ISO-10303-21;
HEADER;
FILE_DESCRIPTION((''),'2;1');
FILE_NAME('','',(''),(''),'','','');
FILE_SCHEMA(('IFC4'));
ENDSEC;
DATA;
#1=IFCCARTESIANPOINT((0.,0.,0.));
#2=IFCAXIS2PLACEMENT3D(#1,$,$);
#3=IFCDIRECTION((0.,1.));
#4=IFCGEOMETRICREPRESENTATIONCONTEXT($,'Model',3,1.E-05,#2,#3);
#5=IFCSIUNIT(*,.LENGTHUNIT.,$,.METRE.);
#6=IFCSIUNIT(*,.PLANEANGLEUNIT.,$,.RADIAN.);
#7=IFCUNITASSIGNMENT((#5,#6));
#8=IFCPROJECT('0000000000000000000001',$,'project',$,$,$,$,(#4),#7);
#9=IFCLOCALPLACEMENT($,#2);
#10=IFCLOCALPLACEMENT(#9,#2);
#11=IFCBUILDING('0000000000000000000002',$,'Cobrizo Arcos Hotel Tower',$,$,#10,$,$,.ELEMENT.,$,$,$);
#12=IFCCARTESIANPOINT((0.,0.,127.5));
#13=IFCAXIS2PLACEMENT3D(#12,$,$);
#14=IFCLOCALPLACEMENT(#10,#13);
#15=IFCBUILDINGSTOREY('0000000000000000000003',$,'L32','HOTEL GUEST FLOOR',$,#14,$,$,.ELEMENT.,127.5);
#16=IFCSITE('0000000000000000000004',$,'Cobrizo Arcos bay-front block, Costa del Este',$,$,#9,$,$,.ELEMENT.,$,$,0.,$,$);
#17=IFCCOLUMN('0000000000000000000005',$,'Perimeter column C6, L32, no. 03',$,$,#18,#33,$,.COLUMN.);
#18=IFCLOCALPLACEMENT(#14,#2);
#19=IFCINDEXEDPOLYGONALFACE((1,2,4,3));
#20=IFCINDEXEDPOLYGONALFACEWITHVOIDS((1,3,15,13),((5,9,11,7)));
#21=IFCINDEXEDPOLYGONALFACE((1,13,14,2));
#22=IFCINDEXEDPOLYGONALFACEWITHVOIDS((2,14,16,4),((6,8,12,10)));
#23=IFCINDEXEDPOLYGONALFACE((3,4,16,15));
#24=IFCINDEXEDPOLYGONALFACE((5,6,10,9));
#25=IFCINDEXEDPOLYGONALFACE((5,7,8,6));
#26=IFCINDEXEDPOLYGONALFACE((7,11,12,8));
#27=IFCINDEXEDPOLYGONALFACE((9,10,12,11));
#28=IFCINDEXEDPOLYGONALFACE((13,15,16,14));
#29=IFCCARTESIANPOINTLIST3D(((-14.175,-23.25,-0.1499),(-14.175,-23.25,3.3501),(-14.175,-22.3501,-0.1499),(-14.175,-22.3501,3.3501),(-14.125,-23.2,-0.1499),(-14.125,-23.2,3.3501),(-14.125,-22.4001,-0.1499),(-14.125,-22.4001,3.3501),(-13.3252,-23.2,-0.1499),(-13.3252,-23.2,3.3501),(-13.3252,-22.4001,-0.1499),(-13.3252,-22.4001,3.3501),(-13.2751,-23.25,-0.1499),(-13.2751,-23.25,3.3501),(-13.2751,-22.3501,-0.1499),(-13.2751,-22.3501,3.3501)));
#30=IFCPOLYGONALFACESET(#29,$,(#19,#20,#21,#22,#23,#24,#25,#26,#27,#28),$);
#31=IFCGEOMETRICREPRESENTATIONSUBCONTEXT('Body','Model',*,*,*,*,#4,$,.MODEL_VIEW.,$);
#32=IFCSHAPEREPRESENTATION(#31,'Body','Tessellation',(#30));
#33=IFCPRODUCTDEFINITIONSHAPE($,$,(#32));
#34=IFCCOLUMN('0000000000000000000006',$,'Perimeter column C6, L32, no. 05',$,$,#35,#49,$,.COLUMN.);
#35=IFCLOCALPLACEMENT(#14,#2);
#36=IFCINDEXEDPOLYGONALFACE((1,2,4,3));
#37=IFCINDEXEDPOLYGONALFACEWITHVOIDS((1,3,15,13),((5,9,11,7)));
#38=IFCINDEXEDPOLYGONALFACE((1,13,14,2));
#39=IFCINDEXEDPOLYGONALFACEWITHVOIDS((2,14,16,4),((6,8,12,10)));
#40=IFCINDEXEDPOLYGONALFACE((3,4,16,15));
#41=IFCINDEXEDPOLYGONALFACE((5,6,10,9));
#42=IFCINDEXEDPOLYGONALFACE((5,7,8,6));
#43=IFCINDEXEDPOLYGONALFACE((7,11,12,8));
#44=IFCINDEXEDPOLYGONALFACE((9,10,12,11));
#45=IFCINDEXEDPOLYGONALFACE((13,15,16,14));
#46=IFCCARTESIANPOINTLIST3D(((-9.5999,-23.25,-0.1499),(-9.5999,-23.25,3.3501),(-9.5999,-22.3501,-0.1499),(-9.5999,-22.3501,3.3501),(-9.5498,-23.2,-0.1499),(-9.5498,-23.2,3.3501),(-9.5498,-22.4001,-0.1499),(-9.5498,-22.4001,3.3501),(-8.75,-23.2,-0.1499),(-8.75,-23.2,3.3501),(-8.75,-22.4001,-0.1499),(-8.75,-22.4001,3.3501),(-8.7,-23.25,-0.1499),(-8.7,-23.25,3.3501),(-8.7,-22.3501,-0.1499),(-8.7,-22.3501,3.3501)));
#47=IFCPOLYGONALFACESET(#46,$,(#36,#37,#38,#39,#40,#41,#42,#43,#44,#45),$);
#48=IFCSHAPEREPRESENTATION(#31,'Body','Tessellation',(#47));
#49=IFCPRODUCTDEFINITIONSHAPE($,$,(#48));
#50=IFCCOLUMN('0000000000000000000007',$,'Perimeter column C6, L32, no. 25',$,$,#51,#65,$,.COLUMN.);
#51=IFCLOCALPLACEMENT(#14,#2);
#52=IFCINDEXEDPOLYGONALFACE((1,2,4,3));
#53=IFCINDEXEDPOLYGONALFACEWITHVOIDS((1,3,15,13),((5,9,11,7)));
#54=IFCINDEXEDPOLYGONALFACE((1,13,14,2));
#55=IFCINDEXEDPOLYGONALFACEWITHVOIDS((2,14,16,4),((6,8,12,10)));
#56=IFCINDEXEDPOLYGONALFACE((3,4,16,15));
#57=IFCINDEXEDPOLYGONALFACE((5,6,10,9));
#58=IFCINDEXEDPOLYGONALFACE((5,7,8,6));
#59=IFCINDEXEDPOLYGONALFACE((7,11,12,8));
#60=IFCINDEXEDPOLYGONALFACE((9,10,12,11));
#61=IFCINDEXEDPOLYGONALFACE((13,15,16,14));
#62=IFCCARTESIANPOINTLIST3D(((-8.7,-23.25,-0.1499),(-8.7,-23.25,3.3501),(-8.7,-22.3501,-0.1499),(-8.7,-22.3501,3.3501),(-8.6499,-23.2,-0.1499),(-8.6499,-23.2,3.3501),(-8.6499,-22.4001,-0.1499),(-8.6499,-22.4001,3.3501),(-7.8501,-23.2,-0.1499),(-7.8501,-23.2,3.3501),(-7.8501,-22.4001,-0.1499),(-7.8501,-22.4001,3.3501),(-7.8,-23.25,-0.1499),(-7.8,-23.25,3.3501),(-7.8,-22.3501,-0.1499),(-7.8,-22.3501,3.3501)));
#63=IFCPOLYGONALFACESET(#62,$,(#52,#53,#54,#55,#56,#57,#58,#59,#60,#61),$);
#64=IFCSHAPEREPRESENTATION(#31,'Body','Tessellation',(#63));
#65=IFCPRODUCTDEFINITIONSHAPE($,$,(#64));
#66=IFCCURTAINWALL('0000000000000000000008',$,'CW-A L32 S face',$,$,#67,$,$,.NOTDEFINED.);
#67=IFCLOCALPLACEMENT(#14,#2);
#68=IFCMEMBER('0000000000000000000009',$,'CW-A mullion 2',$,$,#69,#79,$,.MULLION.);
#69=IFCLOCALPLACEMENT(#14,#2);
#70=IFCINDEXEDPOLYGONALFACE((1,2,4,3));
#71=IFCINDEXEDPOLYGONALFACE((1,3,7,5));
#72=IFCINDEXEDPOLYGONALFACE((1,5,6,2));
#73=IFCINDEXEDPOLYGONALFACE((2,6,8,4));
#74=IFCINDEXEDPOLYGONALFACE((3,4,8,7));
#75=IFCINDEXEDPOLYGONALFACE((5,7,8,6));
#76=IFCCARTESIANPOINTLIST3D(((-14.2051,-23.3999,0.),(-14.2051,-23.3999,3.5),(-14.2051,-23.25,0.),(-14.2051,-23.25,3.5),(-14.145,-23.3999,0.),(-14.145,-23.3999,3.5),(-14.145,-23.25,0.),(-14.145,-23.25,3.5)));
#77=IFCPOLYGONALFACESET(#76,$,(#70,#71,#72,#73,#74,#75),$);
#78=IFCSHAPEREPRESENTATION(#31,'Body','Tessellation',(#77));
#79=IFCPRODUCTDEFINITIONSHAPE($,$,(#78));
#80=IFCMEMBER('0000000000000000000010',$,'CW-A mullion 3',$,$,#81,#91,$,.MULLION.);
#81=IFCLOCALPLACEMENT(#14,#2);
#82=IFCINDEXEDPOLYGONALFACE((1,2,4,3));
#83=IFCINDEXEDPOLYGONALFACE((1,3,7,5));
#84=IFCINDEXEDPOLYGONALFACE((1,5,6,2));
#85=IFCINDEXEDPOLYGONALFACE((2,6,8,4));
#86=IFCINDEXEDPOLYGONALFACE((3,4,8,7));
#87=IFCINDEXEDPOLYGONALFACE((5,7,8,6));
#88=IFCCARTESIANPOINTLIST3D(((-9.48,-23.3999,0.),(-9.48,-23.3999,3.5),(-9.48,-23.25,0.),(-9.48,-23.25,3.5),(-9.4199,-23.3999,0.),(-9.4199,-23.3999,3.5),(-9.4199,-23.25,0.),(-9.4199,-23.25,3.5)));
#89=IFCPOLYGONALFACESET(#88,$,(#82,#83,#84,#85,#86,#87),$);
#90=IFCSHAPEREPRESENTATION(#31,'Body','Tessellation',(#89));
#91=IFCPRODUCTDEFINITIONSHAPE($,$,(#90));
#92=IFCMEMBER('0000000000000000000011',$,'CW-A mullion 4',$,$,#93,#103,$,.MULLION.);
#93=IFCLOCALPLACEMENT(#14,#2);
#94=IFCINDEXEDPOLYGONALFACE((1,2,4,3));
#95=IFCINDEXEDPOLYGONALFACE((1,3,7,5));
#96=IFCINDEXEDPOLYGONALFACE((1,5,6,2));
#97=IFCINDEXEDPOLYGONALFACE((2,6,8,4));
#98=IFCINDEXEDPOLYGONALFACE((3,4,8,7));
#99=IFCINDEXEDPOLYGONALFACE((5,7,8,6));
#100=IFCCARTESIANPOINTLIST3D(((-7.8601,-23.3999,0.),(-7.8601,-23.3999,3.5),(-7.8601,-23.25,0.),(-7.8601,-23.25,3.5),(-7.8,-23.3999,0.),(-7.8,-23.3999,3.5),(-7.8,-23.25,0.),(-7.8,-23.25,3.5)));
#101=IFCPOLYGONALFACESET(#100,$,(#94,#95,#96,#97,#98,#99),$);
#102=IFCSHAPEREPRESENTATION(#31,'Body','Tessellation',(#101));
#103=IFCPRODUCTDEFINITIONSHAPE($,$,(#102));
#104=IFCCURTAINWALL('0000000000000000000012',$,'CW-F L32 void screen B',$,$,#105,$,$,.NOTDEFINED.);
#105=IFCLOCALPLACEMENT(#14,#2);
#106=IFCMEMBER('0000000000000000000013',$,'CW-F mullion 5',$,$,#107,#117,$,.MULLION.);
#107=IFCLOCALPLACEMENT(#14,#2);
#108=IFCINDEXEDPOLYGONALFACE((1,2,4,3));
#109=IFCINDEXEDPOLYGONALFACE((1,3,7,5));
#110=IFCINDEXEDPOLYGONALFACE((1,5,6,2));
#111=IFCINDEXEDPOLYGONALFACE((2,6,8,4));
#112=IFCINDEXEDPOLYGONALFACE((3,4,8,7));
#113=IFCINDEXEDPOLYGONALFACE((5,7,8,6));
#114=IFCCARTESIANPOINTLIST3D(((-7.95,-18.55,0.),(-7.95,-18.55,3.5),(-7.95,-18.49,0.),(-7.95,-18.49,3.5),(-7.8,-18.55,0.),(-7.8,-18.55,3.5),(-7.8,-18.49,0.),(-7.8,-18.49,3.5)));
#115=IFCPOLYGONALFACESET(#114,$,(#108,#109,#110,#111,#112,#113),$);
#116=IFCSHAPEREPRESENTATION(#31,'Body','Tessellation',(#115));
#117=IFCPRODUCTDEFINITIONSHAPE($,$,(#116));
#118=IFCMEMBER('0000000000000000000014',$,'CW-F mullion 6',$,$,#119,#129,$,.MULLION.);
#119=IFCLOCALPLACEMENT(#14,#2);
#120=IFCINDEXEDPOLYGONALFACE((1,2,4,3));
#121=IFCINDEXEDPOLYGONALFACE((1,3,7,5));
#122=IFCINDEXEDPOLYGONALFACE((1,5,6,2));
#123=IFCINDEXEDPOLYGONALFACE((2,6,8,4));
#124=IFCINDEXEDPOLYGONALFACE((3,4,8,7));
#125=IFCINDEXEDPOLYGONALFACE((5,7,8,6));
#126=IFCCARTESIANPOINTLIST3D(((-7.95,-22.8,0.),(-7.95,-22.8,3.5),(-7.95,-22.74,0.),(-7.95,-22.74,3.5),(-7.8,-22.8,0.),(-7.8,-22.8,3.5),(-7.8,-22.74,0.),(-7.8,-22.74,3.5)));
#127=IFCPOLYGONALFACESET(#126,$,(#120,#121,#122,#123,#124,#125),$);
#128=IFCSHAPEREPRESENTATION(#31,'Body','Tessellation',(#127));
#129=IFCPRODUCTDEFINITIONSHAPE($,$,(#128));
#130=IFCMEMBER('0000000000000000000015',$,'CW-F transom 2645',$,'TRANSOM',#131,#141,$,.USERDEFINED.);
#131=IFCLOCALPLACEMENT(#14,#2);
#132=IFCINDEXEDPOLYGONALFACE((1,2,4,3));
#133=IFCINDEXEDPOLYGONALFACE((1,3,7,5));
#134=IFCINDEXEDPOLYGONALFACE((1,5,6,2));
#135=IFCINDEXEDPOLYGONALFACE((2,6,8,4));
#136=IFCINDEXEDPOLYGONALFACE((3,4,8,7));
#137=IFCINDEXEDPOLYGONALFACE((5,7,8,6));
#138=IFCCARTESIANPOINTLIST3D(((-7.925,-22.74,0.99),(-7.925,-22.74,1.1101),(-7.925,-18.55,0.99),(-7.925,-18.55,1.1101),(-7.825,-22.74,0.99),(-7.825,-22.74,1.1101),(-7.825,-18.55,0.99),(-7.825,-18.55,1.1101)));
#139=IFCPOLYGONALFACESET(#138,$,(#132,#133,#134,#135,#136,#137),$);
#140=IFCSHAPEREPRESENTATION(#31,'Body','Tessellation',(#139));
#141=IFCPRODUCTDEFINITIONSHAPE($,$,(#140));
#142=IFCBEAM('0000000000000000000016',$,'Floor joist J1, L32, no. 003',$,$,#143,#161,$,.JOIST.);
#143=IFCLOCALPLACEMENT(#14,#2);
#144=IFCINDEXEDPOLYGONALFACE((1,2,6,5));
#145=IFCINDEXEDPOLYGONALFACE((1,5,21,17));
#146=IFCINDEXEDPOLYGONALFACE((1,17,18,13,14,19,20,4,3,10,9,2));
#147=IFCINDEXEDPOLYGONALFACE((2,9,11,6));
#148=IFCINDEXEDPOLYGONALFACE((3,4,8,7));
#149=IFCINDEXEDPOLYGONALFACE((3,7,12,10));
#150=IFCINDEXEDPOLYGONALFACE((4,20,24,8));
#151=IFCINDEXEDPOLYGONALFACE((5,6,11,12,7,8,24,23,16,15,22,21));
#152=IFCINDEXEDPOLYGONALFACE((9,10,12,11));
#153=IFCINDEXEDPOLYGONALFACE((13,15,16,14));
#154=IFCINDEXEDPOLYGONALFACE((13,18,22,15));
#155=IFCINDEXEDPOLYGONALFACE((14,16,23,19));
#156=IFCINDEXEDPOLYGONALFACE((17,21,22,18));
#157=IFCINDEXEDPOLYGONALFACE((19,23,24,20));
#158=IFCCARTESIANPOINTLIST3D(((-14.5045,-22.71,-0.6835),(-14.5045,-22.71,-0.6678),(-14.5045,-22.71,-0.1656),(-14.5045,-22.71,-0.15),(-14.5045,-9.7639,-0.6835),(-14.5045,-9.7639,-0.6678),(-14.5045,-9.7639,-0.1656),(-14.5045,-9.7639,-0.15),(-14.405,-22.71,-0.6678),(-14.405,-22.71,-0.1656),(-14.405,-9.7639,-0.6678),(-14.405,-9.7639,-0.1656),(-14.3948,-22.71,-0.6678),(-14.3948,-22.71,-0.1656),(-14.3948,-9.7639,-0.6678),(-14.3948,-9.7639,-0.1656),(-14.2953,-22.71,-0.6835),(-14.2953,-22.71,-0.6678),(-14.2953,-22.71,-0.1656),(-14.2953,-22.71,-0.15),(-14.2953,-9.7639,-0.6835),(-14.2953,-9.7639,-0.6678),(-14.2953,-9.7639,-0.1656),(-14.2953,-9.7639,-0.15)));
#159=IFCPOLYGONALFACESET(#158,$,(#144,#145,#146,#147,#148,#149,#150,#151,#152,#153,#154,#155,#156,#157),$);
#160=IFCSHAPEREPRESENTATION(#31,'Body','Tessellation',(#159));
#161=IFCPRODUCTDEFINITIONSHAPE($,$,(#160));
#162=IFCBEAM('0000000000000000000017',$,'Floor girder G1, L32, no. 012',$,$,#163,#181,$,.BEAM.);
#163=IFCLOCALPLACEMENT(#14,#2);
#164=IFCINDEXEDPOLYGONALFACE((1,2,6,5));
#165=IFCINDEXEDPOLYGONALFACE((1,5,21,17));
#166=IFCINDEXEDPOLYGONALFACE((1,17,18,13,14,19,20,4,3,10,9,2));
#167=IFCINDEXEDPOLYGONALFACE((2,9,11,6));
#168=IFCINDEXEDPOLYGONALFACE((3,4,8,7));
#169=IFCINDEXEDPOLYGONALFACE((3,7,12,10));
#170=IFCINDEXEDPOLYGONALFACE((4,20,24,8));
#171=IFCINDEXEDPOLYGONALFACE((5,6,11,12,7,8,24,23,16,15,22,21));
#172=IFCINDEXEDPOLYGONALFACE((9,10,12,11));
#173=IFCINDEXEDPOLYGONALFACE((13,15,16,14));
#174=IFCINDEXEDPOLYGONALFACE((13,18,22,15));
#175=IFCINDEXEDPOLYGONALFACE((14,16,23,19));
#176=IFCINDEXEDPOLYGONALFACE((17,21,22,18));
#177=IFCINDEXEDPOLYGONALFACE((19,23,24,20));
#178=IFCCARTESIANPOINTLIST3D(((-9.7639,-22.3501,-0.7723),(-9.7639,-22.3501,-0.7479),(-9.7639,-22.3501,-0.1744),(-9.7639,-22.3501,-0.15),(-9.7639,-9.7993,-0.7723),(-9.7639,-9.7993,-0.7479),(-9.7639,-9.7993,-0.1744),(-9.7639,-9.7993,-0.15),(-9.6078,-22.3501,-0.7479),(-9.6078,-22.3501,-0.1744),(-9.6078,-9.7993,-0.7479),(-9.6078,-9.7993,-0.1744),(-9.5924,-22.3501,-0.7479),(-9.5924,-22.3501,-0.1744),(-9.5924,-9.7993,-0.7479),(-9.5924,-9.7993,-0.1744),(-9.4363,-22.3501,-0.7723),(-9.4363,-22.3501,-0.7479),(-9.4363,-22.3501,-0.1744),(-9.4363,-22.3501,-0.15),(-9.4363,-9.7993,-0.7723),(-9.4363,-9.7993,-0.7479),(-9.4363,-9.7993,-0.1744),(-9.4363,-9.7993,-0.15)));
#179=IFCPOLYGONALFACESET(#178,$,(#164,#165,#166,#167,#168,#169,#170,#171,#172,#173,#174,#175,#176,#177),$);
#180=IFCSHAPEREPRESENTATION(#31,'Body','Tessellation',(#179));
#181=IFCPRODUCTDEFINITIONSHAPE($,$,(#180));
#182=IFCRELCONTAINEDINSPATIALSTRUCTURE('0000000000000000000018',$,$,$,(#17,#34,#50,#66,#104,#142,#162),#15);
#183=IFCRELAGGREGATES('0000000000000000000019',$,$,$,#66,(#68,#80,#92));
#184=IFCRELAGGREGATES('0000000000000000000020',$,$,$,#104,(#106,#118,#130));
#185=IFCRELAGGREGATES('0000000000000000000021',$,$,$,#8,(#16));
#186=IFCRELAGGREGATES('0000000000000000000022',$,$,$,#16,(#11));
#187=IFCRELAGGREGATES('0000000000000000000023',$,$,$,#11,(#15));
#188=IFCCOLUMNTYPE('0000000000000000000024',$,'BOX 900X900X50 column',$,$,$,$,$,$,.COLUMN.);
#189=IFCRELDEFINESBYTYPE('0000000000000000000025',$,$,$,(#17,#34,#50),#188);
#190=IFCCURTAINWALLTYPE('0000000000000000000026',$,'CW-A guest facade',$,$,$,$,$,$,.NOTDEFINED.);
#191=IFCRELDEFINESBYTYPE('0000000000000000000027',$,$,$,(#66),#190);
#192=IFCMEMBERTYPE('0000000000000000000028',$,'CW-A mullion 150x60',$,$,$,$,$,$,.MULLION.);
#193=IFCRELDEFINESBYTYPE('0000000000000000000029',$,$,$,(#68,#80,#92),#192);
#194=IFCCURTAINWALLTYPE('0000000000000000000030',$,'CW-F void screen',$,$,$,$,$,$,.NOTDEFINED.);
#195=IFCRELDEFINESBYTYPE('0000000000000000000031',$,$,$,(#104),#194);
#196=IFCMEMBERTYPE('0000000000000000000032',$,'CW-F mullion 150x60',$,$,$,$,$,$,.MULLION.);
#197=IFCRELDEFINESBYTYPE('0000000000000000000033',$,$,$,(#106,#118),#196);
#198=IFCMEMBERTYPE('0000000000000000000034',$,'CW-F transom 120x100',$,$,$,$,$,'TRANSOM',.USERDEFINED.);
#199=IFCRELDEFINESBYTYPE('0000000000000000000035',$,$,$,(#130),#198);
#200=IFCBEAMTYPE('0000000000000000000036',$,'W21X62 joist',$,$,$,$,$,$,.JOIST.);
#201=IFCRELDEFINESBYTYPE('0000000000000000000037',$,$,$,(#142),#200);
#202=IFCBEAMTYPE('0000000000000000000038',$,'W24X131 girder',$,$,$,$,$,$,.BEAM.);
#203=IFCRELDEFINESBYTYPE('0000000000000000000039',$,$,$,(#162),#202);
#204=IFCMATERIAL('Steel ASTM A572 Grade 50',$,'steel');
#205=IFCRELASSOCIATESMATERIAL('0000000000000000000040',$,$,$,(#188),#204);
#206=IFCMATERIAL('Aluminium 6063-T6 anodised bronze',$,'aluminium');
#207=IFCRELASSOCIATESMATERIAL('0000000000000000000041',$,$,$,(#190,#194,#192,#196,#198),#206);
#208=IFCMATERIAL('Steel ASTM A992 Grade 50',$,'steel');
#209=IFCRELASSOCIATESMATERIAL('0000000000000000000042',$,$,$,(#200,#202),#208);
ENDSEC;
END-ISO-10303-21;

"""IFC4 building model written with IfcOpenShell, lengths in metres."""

from ifc_helpers import new_model, si_unit, direction, frame, origin, origin_2d, place, context, subcontext, project, spatial, rectangle, hollow_rectangle, i_section, extrude, material, material_profile, profile_set, type_object, element, aggregate, save


model = new_model("IFC4")

# Units and contexts
model_context = context("Model", 3, precision=1e-05, world=origin(), true_north=direction((0.0, 1.0)))
body_context = subcontext(model_context, "Body", "Model", "MODEL_VIEW")
ifc_project = project(units=[si_unit("LENGTHUNIT", "METRE"), si_unit("PLANEANGLEUNIT", "RADIAN")], contexts=[model_context])

# Site, building, storey
site_placement = place(None, origin())
site = spatial("IfcSite", under=ifc_project, at=site_placement, Name="Cobrizo Arcos bay-front block, Costa del Este", CompositionType="ELEMENT", RefElevation=0.0)
building_placement = place(site_placement, origin())
building = spatial("IfcBuilding", under=site, at=building_placement, Name="Cobrizo Arcos Hotel Tower", CompositionType="ELEMENT")
storey_placement = place(building_placement, frame((0.0, 0.0, 127.5)))
storey = spatial("IfcBuildingStorey", under=building, at=storey_placement, Name="L32", Description="HOTEL GUEST FLOOR", CompositionType="ELEMENT", Elevation=127.5)

# Columns
ifc_material_1 = material(Name="Steel ASTM A572 Grade 50", Category="steel")
ifc_material_profile_1 = material_profile(ifc_material_1, hollow_rectangle(XDim=0.8999, YDim=0.8999, WallThickness=0.05, at=origin_2d()), Name="BOX 900X900X50")
ifc_profile_set_1 = profile_set([ifc_material_profile_1], Name="Steel ASTM A572 Grade 50")
column_type = type_object("IfcColumnType", Name="BOX 900X900X50 column", PredefinedType="COLUMN", material=ifc_profile_set_1)
for number, where, z_axis, x_axis, name in (
    (1, (-13.7251, -22.8, -0.1499), (0.0, 0.0, 1.0), (1.0, 0.0, 0.0), "Perimeter column C6, L32, no. 03"),
    (2, (-9.1499, -22.8, -0.1499), (0.0, 0.0, 1.0), (1.0, 0.0, 0.0), "Perimeter column C6, L32, no. 05"),
    (3, (-8.25, -22.8, -0.1499), (0.0, 0.0, 1.0), (1.0, 0.0, 0.0), "Perimeter column C6, L32, no. 25"),
):
    element("IfcColumn", number, at=place(storey_placement, frame(where, z_axis=z_axis, x_axis=x_axis)), inside=storey, type_object=column_type, Name=name, PredefinedType="COLUMN", context=body_context, shape_type="SweptSolid", body=[
        extrude(hollow_rectangle(XDim=0.8999, YDim=0.8999, WallThickness=0.05, at=origin_2d()), origin(), (0.0, 0.0, 1.0), 3.5),
    ])

# Curtain walls, members
ifc_material_2 = material(Name="Aluminium 6063-T6 anodised bronze", Category="aluminium")
curtain_wall_type_1 = type_object("IfcCurtainWallType", Name="CW-A guest facade", PredefinedType="NOTDEFINED", material=ifc_material_2)
curtain_wall_1_placement = place(storey_placement, origin())
curtain_wall_1 = element("IfcCurtainWall", 4, at=curtain_wall_1_placement, inside=storey, type_object=curtain_wall_type_1, Name="CW-A L32 S face", PredefinedType="NOTDEFINED")
ifc_material_profile_2 = material_profile(ifc_material_2, rectangle(XDim=0.1499, YDim=0.0601, at=origin_2d()), Name="CW-A mullion 150x60")
ifc_profile_set_2 = profile_set([ifc_material_profile_2], Name="Aluminium 6063-T6 anodised bronze")
member_type_1 = type_object("IfcMemberType", Name="CW-A mullion 150x60", PredefinedType="MULLION", material=ifc_profile_set_2)
member_1_placement = place(storey_placement, frame((-14.175, -23.325, 0.0), z_axis=(0.0, 0.0, 1.0), x_axis=(0.0, -1.0, 0.0)))
member_1 = element("IfcMember", 5, at=member_1_placement, type_object=member_type_1, Name="CW-A mullion 2", PredefinedType="MULLION", context=body_context, shape_type="SweptSolid", body=[
    extrude(rectangle(XDim=0.1499, YDim=0.0601, at=origin_2d()), origin(), (0.0, 0.0, 1.0), 3.5),
])
member_2_placement = place(storey_placement, frame((-9.45, -23.325, 0.0), z_axis=(0.0, 0.0, 1.0), x_axis=(0.0, -1.0, 0.0)))
member_2 = element("IfcMember", 6, at=member_2_placement, type_object=member_type_1, Name="CW-A mullion 3", PredefinedType="MULLION", context=body_context, shape_type="SweptSolid", body=[
    extrude(rectangle(XDim=0.1499, YDim=0.0601, at=origin_2d()), origin(), (0.0, 0.0, 1.0), 3.5),
])
member_3_placement = place(storey_placement, frame((-7.8301, -23.325, 0.0), z_axis=(0.0, 0.0, 1.0), x_axis=(0.0, -1.0, 0.0)))
member_3 = element("IfcMember", 7, at=member_3_placement, type_object=member_type_1, Name="CW-A mullion 4", PredefinedType="MULLION", context=body_context, shape_type="SweptSolid", body=[
    extrude(rectangle(XDim=0.1499, YDim=0.0601, at=origin_2d()), origin(), (0.0, 0.0, 1.0), 3.5),
])
curtain_wall_type_2 = type_object("IfcCurtainWallType", Name="CW-F void screen", PredefinedType="NOTDEFINED", material=ifc_material_2)
curtain_wall_2_placement = place(storey_placement, origin())
curtain_wall_2 = element("IfcCurtainWall", 8, at=curtain_wall_2_placement, inside=storey, type_object=curtain_wall_type_2, Name="CW-F L32 void screen B", PredefinedType="NOTDEFINED")
ifc_material_profile_3 = material_profile(ifc_material_2, rectangle(XDim=0.1499, YDim=0.0601, at=origin_2d()), Name="CW-F mullion 150x60")
ifc_profile_set_3 = profile_set([ifc_material_profile_3], Name="Aluminium 6063-T6 anodised bronze")
member_type_2 = type_object("IfcMemberType", Name="CW-F mullion 150x60", PredefinedType="MULLION", material=ifc_profile_set_3)
member_4_placement = place(storey_placement, frame((-7.875, -18.52, 0.0), z_axis=(0.0, 0.0, 1.0), x_axis=(-1.0, 0.0, 0.0)))
member_4 = element("IfcMember", 9, at=member_4_placement, type_object=member_type_2, Name="CW-F mullion 5", PredefinedType="MULLION", context=body_context, shape_type="SweptSolid", body=[
    extrude(rectangle(XDim=0.1499, YDim=0.0601, at=origin_2d()), origin(), (0.0, 0.0, 1.0), 3.5),
])
member_5_placement = place(storey_placement, frame((-7.875, -22.77, 0.0), z_axis=(0.0, 0.0, 1.0), x_axis=(-1.0, 0.0, 0.0)))
member_5 = element("IfcMember", 10, at=member_5_placement, type_object=member_type_2, Name="CW-F mullion 6", PredefinedType="MULLION", context=body_context, shape_type="SweptSolid", body=[
    extrude(rectangle(XDim=0.1499, YDim=0.0601, at=origin_2d()), origin(), (0.0, 0.0, 1.0), 3.5),
])
ifc_material_profile_4 = material_profile(ifc_material_2, rectangle(XDim=0.1001, YDim=0.1201, at=origin_2d()), Name="CW-F transom 120x100")
ifc_profile_set_4 = profile_set([ifc_material_profile_4], Name="Aluminium 6063-T6 anodised bronze")
member_type_3 = type_object("IfcMemberType", Name="CW-F transom 120x100", ElementType="TRANSOM", PredefinedType="USERDEFINED", material=ifc_profile_set_4)
member_6_placement = place(storey_placement, frame((-7.875, -18.55, 1.05), z_axis=(0.0, -1.0, 0.0), x_axis=(1.0, 0.0, 0.0)))
member_6 = element("IfcMember", 11, at=member_6_placement, type_object=member_type_3, Name="CW-F transom 2645", ObjectType="TRANSOM", PredefinedType="USERDEFINED", context=body_context, shape_type="SweptSolid", body=[
    extrude(rectangle(XDim=0.1001, YDim=0.1201, at=origin_2d()), origin(), (0.0, 0.0, 1.0), 4.1899),
])

# Beams
ifc_material_3 = material(Name="Steel ASTM A992 Grade 50", Category="steel")
ifc_material_profile_5 = material_profile(ifc_material_3, i_section(OverallWidth=0.2092, OverallDepth=0.5334, WebThickness=0.0103, FlangeThickness=0.0156, at=origin_2d()), Name="W21X62")
ifc_profile_set_5 = profile_set([ifc_material_profile_5], Name="Steel ASTM A992 Grade 50")
beam_type_1 = type_object("IfcBeamType", Name="W21X62 joist", PredefinedType="JOIST", material=ifc_profile_set_5)
beam_1_placement = place(storey_placement, frame((-14.3999, -22.71, -0.4167), z_axis=(0.0, 1.0, 0.0), x_axis=(-1.0, 0.0, 0.0)))
element("IfcBeam", 12, at=beam_1_placement, inside=storey, type_object=beam_type_1, Name="Floor joist J1, L32, no. 003", PredefinedType="JOIST", context=body_context, shape_type="SweptSolid", body=[
    extrude(i_section(OverallWidth=0.2092, OverallDepth=0.5334, WebThickness=0.0103, FlangeThickness=0.0156, at=origin_2d()), origin(), (0.0, 0.0, 1.0), 12.946),
])
ifc_material_profile_6 = material_profile(ifc_material_3, i_section(OverallWidth=0.3276, OverallDepth=0.6223, WebThickness=0.0154, FlangeThickness=0.0244, at=origin_2d()), Name="W24X131")
ifc_profile_set_6 = profile_set([ifc_material_profile_6], Name="Steel ASTM A992 Grade 50")
beam_type_2 = type_object("IfcBeamType", Name="W24X131 girder", PredefinedType="BEAM", material=ifc_profile_set_6)
beam_2_placement = place(storey_placement, frame((-9.6001, -22.3501, -0.4612), z_axis=(0.0, 1.0, 0.0), x_axis=(-1.0, 0.0, 0.0)))
element("IfcBeam", 13, at=beam_2_placement, inside=storey, type_object=beam_type_2, Name="Floor girder G1, L32, no. 012", PredefinedType="BEAM", context=body_context, shape_type="SweptSolid", body=[
    extrude(i_section(OverallWidth=0.3276, OverallDepth=0.6223, WebThickness=0.0154, FlangeThickness=0.0244, at=origin_2d()), origin(), (0.0, 0.0, 1.0), 12.5508),
])

aggregate(curtain_wall_1, [member_1, member_2, member_3])
aggregate(curtain_wall_2, [member_4, member_5, member_6])

save(model, "model.ifc")
